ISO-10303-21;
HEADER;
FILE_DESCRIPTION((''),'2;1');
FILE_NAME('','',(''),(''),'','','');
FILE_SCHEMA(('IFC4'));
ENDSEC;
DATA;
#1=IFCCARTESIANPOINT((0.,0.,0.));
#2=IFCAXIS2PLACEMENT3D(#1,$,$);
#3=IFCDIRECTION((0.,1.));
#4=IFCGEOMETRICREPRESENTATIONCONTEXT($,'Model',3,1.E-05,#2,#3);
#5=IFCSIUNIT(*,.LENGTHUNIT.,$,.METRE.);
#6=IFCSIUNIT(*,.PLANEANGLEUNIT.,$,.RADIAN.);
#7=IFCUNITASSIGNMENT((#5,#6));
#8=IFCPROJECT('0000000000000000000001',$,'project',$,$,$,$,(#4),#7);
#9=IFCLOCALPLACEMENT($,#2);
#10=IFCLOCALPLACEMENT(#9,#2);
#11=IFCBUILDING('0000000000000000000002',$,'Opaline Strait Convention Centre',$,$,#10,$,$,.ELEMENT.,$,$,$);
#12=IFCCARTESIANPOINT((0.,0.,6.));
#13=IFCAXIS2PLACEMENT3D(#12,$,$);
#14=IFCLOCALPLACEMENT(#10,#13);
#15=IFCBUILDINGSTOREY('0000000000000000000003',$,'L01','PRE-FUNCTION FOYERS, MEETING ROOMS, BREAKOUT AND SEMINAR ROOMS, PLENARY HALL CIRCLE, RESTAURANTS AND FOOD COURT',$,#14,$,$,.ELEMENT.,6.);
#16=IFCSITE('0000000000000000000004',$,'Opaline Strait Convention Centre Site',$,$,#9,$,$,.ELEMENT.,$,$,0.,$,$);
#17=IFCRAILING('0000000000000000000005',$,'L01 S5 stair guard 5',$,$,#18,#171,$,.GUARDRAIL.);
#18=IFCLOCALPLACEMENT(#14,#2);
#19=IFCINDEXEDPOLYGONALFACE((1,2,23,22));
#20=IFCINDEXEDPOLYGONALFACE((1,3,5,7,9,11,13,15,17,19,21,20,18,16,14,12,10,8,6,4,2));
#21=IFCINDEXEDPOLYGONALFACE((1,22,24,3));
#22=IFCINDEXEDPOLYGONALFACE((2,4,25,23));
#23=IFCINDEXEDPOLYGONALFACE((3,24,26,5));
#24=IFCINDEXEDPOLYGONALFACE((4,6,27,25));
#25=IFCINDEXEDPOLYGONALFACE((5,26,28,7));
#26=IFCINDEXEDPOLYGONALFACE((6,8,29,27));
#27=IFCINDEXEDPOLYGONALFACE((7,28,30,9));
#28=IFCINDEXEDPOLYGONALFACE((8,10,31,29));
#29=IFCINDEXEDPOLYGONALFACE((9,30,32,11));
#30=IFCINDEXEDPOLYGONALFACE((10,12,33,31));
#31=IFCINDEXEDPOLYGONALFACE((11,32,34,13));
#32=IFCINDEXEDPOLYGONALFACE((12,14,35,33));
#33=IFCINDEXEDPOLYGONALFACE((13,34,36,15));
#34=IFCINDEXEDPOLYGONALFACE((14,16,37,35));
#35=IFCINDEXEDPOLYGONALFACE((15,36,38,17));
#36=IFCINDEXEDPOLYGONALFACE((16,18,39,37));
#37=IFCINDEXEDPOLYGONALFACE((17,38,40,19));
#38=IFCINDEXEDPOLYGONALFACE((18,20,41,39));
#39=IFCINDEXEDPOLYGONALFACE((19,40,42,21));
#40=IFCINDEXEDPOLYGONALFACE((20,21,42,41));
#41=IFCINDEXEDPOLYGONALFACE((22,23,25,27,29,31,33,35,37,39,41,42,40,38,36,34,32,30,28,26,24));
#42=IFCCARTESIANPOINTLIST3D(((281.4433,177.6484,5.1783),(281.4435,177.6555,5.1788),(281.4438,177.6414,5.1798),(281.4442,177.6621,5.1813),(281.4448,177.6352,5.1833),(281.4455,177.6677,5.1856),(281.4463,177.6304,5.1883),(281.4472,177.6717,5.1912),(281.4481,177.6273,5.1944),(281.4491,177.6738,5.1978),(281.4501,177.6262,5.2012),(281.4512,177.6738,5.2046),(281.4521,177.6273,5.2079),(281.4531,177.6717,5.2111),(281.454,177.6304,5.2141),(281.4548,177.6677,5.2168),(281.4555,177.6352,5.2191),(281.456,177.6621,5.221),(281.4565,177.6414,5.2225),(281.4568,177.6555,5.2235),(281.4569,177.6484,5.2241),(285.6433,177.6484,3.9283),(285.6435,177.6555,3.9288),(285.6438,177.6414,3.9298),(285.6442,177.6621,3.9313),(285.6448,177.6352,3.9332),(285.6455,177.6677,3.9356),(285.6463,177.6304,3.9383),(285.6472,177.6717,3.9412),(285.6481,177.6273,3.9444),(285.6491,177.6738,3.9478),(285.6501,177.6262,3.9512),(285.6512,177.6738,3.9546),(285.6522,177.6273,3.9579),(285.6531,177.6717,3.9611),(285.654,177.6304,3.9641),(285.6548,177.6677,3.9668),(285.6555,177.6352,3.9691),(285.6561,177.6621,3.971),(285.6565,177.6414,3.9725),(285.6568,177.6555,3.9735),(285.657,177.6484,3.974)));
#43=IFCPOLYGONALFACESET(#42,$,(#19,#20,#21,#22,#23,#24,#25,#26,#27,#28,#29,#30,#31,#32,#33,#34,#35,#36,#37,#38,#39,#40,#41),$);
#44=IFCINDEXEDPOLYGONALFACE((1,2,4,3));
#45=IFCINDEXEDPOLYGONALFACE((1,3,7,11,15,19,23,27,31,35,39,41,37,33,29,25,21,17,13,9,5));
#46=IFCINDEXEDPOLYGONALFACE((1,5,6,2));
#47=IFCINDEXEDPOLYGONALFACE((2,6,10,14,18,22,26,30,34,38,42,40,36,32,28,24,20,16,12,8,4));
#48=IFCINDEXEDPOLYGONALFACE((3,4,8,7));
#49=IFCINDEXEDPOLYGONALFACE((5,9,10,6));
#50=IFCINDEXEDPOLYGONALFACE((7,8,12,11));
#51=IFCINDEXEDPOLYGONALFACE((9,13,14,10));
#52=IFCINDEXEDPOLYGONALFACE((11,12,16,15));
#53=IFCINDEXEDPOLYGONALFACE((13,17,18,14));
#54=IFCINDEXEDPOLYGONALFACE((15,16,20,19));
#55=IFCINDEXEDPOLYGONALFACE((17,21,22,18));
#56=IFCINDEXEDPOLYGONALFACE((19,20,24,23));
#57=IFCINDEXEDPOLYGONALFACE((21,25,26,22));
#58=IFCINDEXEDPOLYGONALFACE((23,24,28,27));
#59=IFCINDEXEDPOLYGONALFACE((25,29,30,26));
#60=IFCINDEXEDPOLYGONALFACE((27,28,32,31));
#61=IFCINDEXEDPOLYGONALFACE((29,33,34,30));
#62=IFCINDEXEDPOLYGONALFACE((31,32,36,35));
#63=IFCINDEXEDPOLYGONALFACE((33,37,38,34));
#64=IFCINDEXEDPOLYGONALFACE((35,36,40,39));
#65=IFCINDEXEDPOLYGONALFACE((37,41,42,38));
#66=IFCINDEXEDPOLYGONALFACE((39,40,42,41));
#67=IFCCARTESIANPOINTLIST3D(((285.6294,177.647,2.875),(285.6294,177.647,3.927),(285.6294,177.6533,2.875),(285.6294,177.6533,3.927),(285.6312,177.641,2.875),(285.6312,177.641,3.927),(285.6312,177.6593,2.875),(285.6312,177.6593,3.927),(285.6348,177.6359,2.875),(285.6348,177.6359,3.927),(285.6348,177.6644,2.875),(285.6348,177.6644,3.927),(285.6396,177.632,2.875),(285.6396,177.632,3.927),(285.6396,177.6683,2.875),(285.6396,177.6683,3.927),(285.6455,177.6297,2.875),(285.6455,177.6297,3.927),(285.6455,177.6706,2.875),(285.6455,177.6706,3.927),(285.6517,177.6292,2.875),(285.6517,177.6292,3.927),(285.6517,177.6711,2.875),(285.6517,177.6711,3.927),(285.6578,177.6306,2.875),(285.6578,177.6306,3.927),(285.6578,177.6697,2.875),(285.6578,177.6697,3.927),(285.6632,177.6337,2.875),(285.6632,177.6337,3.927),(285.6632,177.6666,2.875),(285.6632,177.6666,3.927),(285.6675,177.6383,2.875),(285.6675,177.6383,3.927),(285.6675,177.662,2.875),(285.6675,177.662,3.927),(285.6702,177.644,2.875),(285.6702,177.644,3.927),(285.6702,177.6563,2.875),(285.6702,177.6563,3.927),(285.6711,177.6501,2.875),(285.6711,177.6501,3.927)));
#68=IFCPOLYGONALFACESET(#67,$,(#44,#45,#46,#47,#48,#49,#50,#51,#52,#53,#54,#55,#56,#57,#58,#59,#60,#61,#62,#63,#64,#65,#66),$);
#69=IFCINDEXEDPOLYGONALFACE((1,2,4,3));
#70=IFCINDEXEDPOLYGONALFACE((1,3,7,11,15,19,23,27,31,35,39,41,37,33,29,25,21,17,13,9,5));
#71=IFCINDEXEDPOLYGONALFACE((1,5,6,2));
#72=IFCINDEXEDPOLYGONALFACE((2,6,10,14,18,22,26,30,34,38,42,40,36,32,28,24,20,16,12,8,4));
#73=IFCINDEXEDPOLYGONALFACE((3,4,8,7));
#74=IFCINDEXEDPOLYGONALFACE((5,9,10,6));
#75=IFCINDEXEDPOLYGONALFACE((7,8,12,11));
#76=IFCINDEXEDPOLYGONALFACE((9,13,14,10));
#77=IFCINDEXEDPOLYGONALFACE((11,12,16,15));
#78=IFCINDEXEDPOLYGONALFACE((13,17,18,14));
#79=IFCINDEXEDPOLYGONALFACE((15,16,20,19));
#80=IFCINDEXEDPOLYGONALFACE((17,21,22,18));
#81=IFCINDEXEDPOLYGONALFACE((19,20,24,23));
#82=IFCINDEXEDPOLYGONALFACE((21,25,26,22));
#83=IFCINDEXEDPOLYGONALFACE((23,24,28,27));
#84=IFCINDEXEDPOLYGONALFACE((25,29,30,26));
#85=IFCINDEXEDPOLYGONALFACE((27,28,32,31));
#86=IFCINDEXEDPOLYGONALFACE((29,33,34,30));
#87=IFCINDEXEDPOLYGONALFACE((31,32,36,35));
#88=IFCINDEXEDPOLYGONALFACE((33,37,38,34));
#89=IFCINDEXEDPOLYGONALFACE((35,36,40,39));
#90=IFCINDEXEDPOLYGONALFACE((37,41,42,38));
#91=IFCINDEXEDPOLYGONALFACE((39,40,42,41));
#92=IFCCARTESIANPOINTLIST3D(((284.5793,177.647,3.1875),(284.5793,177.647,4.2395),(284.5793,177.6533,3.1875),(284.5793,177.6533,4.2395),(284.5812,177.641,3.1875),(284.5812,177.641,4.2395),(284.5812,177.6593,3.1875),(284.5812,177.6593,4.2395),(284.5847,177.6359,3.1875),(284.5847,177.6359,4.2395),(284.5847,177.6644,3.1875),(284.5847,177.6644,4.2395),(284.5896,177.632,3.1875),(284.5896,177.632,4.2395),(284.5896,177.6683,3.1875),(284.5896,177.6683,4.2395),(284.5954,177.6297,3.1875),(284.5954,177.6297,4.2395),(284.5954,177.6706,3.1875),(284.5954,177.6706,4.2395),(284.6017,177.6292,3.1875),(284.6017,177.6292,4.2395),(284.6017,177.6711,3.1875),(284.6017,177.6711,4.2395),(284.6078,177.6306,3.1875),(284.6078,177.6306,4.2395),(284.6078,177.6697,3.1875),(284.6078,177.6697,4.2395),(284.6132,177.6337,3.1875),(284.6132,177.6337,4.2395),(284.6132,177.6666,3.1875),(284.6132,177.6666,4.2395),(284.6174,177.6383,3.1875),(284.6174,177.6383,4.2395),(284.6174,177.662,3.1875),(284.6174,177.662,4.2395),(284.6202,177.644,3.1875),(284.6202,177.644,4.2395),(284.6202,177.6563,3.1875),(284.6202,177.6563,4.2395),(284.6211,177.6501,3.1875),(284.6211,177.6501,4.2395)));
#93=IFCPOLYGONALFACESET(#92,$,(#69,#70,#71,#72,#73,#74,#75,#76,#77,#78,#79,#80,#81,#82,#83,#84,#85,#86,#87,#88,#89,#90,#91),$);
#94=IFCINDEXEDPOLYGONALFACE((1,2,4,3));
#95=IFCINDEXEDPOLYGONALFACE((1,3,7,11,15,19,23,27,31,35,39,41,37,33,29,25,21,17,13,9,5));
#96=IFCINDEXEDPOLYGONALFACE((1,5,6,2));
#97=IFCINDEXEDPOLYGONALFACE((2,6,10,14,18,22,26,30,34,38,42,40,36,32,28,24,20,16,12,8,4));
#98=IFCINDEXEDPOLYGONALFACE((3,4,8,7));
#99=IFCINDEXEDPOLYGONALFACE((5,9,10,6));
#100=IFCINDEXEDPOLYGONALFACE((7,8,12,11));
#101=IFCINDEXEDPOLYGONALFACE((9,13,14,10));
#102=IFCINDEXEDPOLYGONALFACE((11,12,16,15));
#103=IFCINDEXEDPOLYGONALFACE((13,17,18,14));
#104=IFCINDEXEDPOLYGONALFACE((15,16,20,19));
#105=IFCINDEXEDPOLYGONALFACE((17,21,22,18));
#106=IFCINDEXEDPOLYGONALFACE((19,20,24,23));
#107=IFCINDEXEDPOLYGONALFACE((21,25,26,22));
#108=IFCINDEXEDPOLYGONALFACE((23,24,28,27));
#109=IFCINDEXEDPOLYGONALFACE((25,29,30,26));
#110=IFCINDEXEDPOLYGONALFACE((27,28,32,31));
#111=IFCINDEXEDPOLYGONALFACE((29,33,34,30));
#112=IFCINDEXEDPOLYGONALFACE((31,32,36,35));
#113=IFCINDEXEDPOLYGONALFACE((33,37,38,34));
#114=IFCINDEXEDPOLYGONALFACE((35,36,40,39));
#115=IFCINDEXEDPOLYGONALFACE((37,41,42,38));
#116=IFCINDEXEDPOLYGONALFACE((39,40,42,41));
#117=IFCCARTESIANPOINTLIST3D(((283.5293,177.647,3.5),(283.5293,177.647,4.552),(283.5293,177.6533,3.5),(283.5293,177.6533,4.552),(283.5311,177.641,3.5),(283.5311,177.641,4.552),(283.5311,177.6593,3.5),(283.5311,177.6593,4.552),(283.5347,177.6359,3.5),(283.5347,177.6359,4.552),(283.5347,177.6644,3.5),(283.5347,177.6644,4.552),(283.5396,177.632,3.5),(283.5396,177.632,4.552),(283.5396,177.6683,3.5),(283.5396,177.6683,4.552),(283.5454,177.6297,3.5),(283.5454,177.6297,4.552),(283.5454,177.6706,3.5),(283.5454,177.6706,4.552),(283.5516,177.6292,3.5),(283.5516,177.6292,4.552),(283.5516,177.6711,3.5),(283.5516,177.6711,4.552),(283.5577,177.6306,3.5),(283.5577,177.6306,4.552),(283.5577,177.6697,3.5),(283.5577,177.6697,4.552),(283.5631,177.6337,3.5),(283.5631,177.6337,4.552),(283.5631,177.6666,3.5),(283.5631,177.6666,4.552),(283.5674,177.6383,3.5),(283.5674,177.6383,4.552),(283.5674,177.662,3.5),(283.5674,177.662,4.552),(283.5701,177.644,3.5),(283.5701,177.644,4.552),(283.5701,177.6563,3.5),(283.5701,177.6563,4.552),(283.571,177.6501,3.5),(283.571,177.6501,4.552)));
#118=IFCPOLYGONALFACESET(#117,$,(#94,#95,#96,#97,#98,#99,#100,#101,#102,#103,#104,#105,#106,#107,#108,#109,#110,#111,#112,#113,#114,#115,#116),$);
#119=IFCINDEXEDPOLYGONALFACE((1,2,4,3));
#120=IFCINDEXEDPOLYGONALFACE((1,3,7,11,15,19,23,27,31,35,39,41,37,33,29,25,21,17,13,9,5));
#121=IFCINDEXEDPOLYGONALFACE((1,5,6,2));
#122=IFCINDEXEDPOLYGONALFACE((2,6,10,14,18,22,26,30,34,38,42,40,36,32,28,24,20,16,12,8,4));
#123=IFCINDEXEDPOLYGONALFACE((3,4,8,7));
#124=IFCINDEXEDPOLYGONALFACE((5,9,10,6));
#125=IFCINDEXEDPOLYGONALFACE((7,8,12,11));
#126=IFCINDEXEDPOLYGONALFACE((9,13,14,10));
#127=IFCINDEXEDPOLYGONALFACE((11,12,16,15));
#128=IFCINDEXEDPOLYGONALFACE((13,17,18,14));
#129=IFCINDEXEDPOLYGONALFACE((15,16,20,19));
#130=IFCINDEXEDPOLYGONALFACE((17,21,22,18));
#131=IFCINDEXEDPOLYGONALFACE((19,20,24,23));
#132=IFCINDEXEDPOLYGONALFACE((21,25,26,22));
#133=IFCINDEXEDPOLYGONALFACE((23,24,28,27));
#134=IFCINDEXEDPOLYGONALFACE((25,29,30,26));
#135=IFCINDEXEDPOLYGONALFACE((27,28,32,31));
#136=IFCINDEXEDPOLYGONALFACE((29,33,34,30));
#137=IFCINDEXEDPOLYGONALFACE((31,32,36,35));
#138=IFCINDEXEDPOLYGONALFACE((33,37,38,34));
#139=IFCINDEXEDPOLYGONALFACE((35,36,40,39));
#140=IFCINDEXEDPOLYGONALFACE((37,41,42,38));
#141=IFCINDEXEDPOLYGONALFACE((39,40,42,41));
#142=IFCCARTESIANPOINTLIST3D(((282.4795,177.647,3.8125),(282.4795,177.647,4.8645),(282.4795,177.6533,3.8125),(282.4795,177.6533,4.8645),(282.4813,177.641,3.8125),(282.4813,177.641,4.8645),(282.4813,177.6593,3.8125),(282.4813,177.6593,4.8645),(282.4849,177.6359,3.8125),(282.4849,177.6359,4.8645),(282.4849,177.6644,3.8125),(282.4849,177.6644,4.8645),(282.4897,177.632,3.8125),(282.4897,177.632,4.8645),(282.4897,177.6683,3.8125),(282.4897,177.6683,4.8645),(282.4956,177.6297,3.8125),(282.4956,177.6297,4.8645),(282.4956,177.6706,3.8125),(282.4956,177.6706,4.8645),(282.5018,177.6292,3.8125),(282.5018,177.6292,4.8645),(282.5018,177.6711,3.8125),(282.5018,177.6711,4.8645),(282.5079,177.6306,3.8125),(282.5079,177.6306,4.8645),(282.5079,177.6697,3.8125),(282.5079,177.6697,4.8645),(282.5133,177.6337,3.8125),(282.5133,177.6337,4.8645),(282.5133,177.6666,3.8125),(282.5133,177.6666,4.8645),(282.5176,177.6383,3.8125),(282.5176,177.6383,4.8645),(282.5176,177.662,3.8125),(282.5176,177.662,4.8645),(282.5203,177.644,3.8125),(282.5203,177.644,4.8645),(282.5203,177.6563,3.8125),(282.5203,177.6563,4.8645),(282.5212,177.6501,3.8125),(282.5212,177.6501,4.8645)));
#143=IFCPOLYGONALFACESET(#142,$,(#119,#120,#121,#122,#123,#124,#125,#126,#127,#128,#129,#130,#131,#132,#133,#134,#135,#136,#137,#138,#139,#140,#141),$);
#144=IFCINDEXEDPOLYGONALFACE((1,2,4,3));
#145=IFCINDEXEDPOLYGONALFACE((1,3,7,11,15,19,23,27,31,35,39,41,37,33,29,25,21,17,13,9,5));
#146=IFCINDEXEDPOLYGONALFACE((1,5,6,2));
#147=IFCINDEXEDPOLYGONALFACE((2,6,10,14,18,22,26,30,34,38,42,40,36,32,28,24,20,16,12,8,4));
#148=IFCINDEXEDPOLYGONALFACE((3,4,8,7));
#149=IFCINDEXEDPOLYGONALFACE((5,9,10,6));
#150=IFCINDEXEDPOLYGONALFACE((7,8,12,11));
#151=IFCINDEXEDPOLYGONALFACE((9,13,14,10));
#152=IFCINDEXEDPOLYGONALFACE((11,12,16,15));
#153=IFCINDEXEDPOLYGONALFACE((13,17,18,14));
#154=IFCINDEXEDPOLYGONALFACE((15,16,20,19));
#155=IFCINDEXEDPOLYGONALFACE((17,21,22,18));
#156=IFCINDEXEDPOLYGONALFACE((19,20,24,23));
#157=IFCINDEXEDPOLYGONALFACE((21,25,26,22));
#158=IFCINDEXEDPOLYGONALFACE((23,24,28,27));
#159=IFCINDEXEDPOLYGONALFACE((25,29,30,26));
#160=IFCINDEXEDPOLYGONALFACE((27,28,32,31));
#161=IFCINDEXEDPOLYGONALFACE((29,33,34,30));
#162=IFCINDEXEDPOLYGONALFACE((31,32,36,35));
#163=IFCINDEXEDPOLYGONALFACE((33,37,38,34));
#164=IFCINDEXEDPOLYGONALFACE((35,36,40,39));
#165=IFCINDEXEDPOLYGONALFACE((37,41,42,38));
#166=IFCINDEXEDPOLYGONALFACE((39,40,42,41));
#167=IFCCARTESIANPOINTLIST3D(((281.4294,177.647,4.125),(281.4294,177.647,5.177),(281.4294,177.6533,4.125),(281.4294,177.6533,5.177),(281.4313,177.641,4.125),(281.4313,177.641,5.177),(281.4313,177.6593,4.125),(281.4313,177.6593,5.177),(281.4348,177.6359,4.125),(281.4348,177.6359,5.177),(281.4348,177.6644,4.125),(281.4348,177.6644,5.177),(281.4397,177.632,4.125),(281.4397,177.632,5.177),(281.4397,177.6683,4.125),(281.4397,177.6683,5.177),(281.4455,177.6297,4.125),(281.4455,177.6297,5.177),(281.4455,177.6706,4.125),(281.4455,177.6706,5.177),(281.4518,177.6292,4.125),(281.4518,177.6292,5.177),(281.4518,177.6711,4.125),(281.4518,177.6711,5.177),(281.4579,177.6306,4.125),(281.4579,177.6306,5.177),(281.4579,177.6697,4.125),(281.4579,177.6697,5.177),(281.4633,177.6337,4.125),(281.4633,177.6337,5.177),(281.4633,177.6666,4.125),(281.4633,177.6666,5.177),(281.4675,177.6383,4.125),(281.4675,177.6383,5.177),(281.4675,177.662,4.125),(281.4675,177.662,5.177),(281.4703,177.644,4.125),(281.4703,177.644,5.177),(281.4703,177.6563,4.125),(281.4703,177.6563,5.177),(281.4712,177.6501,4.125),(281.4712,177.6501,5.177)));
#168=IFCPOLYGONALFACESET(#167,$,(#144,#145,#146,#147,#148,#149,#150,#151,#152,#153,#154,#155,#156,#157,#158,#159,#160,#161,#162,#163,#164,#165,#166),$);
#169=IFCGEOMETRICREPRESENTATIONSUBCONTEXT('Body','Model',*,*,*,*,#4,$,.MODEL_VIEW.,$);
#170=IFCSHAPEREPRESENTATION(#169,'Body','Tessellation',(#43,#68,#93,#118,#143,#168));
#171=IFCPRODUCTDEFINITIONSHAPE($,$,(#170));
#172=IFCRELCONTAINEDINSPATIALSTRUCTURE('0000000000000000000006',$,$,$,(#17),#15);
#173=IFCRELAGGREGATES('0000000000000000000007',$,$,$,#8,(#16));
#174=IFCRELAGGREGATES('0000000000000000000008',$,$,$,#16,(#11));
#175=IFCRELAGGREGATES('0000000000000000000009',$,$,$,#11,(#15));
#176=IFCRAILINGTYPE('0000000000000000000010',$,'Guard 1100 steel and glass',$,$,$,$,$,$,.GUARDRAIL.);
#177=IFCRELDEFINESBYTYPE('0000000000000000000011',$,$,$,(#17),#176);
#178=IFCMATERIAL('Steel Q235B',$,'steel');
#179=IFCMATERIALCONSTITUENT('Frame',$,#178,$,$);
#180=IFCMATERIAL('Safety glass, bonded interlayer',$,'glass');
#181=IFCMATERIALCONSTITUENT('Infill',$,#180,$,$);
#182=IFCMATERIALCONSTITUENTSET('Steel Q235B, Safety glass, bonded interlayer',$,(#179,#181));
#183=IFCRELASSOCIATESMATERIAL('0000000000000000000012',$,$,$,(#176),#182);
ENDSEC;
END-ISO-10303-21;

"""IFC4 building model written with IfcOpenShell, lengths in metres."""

from ifc_helpers import new_model, si_unit, direction, frame, origin, origin_2d, place, context, subcontext, project, spatial, circle, extrude, material, constituent, constituent_set, type_object, element, save


model = new_model("IFC4")

# Units and contexts
model_context = context("Model", 3, precision=1e-05, world=origin(), true_north=direction((0.0, 1.0)))
body_context = subcontext(model_context, "Body", "Model", "MODEL_VIEW")
ifc_project = project(units=[si_unit("LENGTHUNIT", "METRE"), si_unit("PLANEANGLEUNIT", "RADIAN")], contexts=[model_context])

# Site, building, storey
site_placement = place(None, origin())
site = spatial("IfcSite", under=ifc_project, at=site_placement, Name="Opaline Strait Convention Centre Site", CompositionType="ELEMENT", RefElevation=0.0)
building_placement = place(site_placement, origin())
building = spatial("IfcBuilding", under=site, at=building_placement, Name="Opaline Strait Convention Centre", CompositionType="ELEMENT")
storey_placement = place(building_placement, frame((0.0, 0.0, 6.0)))
storey = spatial("IfcBuildingStorey", under=building, at=storey_placement, Name="L01", Description="PRE-FUNCTION FOYERS, MEETING ROOMS, BREAKOUT AND SEMINAR ROOMS, PLENARY HALL CIRCLE, RESTAURANTS AND FOOD COURT", CompositionType="ELEMENT", Elevation=6.0)

# Railing
ifc_material_1 = material(Name="Steel Q235B", Category="steel")
ifc_constituent_1 = constituent(ifc_material_1, Name="Frame")
ifc_material_2 = material(Name="Safety glass, bonded interlayer", Category="glass")
ifc_constituent_2 = constituent(ifc_material_2, Name="Infill")
ifc_constituent_set = constituent_set(constituents=[ifc_constituent_1, ifc_constituent_2], Name="Steel Q235B, Safety glass, bonded interlayer")
railing_type = type_object("IfcRailingType", Name="Guard 1100 steel and glass", PredefinedType="GUARDRAIL", material=ifc_constituent_set)
railing_1_placement = place(storey_placement, frame((285.6501, 177.6501, 2.875)))
element("IfcRailing", 1, at=railing_1_placement, inside=storey, type_object=railing_type, Name="L01 S5 stair guard 5", PredefinedType="GUARDRAIL", context=body_context, shape_type="SweptSolid", body=[
    extrude(circle(Radius=0.0239, at=origin_2d()), frame((0.0, 0.0, 1.0762), z_axis=(-0.958451, 0.0, 0.285257), x_axis=(0.0, -1.0, 0.0)), (0.0, 0.0, 1.0), 4.3821),
    extrude(circle(Radius=0.021, at=origin_2d()), origin(), (0.0, 0.0, 1.0), 1.052),
    extrude(circle(Radius=0.021, at=origin_2d()), frame((-1.05, 0.0, 0.3125)), (0.0, 0.0, 1.0), 1.052),
    extrude(circle(Radius=0.021, at=origin_2d()), frame((-2.1001, 0.0, 0.625)), (0.0, 0.0, 1.0), 1.052),
    extrude(circle(Radius=0.021, at=origin_2d()), frame((-3.1499, 0.0, 0.9375)), (0.0, 0.0, 1.0), 1.052),
    extrude(circle(Radius=0.021, at=origin_2d()), frame((-4.2, 0.0, 1.25)), (0.0, 0.0, 1.0), 1.052),
])

save(model, "model.ifc")
